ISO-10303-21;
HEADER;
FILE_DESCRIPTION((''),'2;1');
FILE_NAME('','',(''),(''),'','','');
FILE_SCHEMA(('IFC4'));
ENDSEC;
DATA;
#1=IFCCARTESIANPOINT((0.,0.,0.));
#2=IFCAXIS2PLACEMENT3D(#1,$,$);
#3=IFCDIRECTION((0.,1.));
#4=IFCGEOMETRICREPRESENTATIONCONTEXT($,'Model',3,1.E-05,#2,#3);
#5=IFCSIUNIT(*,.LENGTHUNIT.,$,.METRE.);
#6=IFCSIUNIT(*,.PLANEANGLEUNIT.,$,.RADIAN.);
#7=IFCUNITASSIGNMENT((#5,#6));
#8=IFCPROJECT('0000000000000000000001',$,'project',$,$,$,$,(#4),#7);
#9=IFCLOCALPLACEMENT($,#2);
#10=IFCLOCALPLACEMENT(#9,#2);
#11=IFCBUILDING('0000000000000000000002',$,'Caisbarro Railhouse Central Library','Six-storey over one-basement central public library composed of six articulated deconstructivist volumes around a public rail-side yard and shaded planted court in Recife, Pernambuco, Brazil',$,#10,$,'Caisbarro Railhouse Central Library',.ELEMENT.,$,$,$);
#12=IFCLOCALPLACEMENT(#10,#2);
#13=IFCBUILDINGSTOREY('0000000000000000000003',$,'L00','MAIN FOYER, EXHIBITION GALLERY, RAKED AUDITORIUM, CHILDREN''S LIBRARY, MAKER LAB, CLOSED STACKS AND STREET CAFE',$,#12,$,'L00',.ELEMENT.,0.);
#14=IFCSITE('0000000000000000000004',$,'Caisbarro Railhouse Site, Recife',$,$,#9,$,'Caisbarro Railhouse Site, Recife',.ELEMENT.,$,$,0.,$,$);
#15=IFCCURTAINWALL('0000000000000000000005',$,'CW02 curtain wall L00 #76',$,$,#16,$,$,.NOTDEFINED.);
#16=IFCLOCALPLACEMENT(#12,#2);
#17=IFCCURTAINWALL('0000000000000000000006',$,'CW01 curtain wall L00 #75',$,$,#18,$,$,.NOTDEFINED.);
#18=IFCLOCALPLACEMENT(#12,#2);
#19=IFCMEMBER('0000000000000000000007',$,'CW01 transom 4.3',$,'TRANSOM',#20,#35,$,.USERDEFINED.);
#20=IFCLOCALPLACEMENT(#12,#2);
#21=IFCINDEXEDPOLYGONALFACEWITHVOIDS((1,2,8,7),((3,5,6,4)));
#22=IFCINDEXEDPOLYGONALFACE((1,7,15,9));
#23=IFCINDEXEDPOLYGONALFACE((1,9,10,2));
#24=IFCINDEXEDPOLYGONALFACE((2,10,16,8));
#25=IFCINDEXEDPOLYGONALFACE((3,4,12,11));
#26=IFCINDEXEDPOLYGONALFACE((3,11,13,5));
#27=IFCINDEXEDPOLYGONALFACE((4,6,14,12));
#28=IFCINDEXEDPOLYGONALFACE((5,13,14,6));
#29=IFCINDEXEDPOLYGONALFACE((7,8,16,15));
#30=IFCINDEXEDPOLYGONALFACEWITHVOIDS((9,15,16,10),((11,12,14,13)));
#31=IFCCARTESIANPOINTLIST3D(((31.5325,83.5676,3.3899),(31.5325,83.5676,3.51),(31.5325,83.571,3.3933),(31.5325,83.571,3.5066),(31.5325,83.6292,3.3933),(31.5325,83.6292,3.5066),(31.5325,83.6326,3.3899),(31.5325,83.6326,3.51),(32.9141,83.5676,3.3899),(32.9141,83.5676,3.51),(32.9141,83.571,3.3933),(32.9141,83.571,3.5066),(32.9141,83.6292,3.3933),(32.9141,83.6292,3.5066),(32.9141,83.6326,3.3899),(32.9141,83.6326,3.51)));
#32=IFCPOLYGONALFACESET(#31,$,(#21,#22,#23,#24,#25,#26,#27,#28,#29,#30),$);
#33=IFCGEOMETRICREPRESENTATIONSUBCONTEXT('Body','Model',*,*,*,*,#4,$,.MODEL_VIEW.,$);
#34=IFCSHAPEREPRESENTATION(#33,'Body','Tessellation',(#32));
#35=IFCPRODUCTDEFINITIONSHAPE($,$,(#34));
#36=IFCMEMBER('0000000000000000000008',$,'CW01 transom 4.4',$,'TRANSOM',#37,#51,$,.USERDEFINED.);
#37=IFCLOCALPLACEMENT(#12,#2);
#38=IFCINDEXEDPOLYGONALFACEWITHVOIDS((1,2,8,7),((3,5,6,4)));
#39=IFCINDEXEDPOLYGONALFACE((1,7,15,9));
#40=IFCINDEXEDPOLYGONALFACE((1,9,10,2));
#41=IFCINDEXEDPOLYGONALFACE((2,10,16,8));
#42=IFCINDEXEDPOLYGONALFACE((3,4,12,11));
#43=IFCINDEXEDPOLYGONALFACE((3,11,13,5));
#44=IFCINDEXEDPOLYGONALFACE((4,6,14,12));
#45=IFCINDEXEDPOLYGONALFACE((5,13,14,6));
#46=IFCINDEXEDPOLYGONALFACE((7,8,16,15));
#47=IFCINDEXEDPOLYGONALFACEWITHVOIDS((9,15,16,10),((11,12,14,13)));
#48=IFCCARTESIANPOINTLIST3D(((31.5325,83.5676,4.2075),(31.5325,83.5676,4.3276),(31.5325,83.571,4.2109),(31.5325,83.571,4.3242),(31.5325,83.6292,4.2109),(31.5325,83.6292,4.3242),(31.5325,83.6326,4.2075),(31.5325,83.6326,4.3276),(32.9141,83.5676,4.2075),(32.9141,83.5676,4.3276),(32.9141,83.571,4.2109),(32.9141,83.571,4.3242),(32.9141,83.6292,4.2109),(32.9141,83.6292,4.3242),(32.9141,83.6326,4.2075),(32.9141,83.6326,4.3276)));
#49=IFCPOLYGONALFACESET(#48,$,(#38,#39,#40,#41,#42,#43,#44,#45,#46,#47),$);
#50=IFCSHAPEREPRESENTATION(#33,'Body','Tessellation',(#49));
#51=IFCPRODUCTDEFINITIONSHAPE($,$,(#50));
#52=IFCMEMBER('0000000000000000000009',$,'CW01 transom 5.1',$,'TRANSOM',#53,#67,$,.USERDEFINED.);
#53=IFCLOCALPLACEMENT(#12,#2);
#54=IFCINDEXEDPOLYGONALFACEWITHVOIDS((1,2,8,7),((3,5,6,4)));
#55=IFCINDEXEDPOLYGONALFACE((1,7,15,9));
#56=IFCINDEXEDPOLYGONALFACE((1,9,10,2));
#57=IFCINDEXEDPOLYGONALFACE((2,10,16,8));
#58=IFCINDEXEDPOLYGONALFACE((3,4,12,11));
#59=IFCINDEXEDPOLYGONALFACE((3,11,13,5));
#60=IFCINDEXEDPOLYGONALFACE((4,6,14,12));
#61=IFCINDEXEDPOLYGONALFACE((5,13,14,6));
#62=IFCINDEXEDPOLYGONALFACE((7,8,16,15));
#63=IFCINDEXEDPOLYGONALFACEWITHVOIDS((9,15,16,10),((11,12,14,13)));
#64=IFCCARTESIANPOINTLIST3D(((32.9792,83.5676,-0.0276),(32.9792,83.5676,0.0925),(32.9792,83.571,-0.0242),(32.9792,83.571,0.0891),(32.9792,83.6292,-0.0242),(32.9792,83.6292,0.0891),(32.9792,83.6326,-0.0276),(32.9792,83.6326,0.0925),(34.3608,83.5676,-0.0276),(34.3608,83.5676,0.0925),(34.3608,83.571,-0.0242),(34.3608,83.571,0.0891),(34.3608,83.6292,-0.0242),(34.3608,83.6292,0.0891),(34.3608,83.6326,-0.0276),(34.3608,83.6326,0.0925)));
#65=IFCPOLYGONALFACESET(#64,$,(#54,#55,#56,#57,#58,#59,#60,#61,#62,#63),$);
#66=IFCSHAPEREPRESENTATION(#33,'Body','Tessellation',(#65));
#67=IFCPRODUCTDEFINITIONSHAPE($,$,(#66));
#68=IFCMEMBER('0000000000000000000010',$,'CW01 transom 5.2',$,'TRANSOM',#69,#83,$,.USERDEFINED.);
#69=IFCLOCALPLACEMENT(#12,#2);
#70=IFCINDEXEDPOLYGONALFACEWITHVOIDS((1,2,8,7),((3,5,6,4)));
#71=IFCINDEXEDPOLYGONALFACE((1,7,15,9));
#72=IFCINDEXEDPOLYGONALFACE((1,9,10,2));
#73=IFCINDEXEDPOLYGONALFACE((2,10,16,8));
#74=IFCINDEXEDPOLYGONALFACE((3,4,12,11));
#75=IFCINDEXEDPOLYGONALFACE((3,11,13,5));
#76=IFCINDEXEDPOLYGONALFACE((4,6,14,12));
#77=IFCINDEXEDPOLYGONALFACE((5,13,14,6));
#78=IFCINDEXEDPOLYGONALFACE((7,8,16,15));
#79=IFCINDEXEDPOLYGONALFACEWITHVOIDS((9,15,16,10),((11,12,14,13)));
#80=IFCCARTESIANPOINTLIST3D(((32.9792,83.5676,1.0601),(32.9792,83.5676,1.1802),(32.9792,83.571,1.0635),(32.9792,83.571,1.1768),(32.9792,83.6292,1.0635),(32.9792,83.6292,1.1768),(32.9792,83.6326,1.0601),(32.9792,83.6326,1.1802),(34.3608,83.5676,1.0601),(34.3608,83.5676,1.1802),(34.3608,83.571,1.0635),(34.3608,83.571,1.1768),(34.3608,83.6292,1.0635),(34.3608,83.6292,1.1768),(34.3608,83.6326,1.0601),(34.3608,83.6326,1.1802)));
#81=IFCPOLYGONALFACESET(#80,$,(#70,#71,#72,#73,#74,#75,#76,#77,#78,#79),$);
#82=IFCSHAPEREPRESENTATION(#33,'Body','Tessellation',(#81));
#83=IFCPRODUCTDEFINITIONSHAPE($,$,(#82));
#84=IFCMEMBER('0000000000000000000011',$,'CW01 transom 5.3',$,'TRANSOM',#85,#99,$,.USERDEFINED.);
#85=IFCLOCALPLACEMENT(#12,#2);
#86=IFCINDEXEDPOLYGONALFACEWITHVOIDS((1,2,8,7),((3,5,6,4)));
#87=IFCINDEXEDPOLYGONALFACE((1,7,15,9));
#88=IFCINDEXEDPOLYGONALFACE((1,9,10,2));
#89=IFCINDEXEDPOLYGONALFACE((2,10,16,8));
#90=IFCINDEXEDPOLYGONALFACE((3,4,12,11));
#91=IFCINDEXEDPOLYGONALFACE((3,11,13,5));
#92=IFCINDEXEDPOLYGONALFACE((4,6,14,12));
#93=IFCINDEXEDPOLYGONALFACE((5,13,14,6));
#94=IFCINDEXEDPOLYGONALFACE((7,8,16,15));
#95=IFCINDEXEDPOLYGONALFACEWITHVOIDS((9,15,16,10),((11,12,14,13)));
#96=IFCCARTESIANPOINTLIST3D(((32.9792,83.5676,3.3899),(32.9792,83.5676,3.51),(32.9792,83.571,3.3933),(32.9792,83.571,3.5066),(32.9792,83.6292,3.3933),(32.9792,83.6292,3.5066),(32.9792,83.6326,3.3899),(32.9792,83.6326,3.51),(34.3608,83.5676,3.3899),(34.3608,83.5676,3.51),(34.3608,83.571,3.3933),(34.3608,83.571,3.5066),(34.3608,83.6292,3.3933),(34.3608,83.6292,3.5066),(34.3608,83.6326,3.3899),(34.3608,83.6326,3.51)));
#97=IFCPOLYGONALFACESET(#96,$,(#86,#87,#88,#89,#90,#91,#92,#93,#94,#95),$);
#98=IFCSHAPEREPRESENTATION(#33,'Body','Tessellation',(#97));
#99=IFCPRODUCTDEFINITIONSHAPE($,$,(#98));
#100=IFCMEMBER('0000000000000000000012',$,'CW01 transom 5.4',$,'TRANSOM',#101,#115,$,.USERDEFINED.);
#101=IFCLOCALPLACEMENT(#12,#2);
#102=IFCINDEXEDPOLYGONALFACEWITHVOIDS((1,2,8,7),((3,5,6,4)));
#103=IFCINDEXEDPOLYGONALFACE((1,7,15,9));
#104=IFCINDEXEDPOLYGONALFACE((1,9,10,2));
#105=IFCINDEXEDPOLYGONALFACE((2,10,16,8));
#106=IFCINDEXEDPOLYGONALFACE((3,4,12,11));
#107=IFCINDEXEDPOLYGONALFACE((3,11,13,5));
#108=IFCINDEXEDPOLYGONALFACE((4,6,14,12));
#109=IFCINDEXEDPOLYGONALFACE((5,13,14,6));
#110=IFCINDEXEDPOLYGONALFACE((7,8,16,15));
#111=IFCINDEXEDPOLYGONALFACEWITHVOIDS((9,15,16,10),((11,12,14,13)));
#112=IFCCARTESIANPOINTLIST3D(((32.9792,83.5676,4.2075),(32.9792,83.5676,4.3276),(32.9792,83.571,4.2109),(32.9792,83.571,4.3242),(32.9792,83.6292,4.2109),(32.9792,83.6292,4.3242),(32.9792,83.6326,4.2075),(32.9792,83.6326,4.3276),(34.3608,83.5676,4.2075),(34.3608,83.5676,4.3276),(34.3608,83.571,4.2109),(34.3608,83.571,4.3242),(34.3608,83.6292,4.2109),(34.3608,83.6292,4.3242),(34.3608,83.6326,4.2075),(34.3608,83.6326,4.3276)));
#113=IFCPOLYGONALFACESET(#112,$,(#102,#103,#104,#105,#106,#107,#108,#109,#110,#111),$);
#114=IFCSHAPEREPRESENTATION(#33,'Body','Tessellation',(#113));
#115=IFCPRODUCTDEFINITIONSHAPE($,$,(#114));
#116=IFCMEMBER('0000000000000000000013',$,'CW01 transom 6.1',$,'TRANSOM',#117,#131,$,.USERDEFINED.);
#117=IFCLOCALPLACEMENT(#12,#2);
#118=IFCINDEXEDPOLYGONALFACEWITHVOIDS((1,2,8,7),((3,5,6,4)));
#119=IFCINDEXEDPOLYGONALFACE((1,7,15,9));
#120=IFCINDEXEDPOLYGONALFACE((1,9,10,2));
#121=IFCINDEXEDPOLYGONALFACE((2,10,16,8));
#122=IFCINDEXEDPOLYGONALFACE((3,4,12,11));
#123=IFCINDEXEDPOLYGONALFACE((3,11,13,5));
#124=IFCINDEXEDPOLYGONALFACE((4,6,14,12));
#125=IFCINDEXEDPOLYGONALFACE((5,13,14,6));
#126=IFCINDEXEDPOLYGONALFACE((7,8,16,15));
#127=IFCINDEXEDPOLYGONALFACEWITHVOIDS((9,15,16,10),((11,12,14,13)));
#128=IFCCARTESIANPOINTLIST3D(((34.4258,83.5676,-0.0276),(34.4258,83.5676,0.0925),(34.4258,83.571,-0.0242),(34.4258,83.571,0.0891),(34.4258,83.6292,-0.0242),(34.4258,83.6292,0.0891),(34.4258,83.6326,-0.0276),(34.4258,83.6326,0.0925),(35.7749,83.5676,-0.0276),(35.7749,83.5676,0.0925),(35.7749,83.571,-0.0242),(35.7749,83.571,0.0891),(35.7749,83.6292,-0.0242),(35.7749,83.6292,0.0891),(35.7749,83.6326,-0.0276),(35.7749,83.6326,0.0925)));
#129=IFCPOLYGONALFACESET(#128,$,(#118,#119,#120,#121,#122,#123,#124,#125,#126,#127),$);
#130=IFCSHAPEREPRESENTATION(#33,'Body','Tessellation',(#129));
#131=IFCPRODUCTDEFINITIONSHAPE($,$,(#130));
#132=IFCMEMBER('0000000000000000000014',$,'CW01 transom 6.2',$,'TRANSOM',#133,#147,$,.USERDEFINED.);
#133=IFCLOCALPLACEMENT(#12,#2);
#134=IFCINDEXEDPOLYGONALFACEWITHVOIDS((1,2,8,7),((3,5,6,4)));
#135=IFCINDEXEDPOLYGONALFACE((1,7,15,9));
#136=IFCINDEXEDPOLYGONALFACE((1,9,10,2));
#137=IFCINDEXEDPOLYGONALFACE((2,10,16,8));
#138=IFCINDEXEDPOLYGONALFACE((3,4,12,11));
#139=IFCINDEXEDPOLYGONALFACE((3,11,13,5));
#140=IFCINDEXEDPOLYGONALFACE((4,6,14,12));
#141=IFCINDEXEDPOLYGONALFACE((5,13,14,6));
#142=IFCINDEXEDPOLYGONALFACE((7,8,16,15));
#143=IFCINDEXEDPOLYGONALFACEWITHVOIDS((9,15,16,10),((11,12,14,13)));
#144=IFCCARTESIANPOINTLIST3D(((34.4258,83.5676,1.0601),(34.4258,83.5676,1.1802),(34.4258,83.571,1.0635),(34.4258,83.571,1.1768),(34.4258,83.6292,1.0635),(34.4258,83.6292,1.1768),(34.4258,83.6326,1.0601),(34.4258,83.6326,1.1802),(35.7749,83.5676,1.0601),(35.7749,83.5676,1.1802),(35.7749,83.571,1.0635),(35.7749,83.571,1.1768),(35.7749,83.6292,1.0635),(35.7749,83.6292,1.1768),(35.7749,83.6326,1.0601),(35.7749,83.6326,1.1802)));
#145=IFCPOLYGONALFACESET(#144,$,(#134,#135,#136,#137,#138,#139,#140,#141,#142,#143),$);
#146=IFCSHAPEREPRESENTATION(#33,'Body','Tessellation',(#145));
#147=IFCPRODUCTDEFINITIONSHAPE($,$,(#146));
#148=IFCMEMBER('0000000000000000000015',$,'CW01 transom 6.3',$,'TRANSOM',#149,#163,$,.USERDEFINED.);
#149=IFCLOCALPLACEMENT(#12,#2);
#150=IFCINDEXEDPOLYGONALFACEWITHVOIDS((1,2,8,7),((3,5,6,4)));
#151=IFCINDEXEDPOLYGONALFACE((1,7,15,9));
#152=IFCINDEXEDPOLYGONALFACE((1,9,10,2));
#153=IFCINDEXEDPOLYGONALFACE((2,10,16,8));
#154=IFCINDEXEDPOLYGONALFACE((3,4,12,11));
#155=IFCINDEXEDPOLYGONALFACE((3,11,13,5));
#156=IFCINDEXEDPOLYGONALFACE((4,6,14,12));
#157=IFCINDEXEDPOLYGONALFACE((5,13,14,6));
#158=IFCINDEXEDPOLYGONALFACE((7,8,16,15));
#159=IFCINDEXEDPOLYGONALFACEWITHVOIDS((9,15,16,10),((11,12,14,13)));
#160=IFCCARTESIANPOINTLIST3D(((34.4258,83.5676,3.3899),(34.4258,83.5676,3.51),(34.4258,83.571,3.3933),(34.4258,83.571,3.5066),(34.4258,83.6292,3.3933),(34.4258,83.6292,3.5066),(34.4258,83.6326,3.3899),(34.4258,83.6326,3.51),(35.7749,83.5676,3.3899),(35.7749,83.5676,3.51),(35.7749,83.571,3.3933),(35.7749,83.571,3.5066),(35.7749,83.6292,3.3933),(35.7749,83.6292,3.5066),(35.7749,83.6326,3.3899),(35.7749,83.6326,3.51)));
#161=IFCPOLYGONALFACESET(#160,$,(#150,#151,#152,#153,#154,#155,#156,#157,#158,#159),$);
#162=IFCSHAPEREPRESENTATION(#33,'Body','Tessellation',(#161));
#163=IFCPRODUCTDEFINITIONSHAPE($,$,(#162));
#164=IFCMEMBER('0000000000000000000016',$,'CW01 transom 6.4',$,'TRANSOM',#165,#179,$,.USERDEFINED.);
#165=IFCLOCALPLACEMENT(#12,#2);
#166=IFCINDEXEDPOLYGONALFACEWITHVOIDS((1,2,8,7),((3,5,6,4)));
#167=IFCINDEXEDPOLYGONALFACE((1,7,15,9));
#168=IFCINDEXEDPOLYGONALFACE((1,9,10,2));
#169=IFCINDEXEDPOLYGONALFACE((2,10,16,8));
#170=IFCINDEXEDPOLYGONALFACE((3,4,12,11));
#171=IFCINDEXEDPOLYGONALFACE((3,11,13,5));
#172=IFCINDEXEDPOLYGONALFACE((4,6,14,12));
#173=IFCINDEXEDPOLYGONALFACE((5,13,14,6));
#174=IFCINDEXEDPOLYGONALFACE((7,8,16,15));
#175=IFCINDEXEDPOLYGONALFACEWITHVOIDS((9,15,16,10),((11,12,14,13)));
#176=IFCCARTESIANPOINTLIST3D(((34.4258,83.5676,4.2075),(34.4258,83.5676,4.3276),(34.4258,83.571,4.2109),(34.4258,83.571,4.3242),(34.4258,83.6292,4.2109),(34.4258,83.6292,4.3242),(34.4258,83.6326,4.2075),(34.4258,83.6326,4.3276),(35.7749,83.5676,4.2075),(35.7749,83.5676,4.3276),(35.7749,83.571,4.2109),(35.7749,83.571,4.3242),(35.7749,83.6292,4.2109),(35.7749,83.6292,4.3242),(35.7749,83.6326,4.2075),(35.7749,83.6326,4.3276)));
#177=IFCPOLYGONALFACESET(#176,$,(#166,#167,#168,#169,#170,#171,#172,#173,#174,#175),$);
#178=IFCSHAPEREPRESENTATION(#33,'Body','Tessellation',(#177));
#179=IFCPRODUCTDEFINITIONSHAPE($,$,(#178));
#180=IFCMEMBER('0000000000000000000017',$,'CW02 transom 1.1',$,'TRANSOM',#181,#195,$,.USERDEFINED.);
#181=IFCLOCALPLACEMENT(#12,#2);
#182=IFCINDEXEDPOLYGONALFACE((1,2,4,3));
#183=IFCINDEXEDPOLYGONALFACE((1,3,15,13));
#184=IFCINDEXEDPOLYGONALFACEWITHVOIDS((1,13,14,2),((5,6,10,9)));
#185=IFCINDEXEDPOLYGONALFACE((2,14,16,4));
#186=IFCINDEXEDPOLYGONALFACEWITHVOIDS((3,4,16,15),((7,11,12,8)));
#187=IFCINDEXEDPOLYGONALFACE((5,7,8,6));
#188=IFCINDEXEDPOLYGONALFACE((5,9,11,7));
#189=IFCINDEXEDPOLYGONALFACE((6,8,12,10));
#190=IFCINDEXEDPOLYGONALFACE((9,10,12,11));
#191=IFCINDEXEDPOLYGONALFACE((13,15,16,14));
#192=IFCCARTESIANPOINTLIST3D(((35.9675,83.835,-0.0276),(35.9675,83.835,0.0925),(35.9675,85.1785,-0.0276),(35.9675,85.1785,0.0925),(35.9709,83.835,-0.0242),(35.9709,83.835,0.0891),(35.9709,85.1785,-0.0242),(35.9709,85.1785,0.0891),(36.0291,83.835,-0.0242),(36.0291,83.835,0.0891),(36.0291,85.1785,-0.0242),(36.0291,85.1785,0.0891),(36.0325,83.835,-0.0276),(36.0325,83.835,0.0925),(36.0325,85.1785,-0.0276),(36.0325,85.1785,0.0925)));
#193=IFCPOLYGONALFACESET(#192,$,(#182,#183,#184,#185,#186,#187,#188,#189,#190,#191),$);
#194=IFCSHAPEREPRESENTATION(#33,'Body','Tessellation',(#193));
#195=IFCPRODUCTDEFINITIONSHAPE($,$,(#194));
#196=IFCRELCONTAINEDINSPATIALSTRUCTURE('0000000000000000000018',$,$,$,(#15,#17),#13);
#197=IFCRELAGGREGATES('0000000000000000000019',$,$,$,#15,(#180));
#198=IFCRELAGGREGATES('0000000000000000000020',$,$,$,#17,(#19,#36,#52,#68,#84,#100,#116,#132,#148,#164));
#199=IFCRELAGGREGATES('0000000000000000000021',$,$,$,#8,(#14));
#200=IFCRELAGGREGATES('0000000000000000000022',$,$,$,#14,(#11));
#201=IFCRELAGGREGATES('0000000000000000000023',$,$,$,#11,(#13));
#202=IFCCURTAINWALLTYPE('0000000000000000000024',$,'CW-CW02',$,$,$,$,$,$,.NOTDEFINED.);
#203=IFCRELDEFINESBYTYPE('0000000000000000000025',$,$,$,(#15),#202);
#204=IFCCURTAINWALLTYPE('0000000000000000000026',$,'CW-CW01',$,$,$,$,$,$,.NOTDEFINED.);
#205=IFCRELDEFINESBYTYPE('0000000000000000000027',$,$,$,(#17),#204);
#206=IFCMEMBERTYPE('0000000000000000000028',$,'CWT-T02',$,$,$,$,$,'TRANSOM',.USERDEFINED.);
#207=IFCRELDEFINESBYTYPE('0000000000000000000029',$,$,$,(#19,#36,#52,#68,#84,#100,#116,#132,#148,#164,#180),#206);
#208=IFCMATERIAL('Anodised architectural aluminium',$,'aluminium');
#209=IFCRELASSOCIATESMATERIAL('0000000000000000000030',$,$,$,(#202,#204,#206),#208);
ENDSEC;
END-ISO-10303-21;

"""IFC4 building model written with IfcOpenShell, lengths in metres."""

from ifc_helpers import new_model, si_unit, direction, frame, origin, origin_2d, place, context, subcontext, project, spatial, hollow_rectangle, extrude, material, material_profile, profile_set, type_object, element, aggregate, save


model = new_model("IFC4")

# Units and contexts
model_context = context("Model", 3, precision=1e-05, world=origin(), true_north=direction((0.0, 1.0)))
body_context = subcontext(model_context, "Body", "Model", "MODEL_VIEW")
ifc_project = project(units=[si_unit("LENGTHUNIT", "METRE"), si_unit("PLANEANGLEUNIT", "RADIAN")], contexts=[model_context])

# Site, building, storey
site_placement = place(None, origin())
site = spatial("IfcSite", under=ifc_project, at=site_placement, Name="Caisbarro Railhouse Site, Recife", LongName="Caisbarro Railhouse Site, Recife", CompositionType="ELEMENT", RefElevation=0.0)
building_placement = place(site_placement, origin())
building = spatial("IfcBuilding", under=site, at=building_placement, Name="Caisbarro Railhouse Central Library", Description="Six-storey over one-basement central public library composed of six articulated deconstructivist volumes around a public rail-side yard and shaded planted court in Recife, Pernambuco, Brazil", LongName="Caisbarro Railhouse Central Library", CompositionType="ELEMENT")
storey_placement = place(building_placement, origin())
storey = spatial("IfcBuildingStorey", under=building, at=storey_placement, Name="L00", Description="MAIN FOYER, EXHIBITION GALLERY, RAKED AUDITORIUM, CHILDREN'S LIBRARY, MAKER LAB, CLOSED STACKS AND STREET CAFE", LongName="L00", CompositionType="ELEMENT", Elevation=0.0)

# Curtain wall
ifc_material_1 = material(Name="Anodised architectural aluminium", Category="aluminium")
curtain_wall_type_1 = type_object("IfcCurtainWallType", Name="CW-CW02", PredefinedType="NOTDEFINED", material=ifc_material_1)
curtain_wall_1_placement = place(storey_placement, origin())
curtain_wall_1 = element("IfcCurtainWall", 1, at=curtain_wall_1_placement, inside=storey, type_object=curtain_wall_type_1, Name="CW02 curtain wall L00 #76", PredefinedType="NOTDEFINED")

# Curtain wall, members
curtain_wall_type_2 = type_object("IfcCurtainWallType", Name="CW-CW01", PredefinedType="NOTDEFINED", material=ifc_material_1)
curtain_wall_2_placement = place(storey_placement, origin())
curtain_wall_2 = element("IfcCurtainWall", 2, at=curtain_wall_2_placement, inside=storey, type_object=curtain_wall_type_2, Name="CW01 curtain wall L00 #75", PredefinedType="NOTDEFINED")
ifc_material_profile_1 = material_profile(ifc_material_1, hollow_rectangle(XDim=0.0649, YDim=0.1201, WallThickness=0.0034, at=origin_2d()), Name="ALU-TRN-65X120")
ifc_profile_set_1 = profile_set([ifc_material_profile_1], Name="Anodised architectural aluminium")
member_type_1 = type_object("IfcMemberType", Name="CWT-T02", ElementType="TRANSOM", PredefinedType="USERDEFINED", material=ifc_profile_set_1)
member_1_placement = place(storey_placement, frame((31.5325, 83.6001, 3.45), z_axis=(1.0, 0.0, 0.0), x_axis=(0.0, 1.0, 0.0)))
member_1 = element("IfcMember", 3, at=member_1_placement, type_object=member_type_1, Name="CW01 transom 4.3", ObjectType="TRANSOM", PredefinedType="USERDEFINED", context=body_context, shape_type="SweptSolid", body=[
    extrude(hollow_rectangle(XDim=0.0649, YDim=0.1201, WallThickness=0.0034, at=origin_2d()), origin(), (0.0, 0.0, 1.0), 1.3816),
])
member_2_placement = place(storey_placement, frame((31.5325, 83.6001, 4.2676), z_axis=(1.0, 0.0, 0.0), x_axis=(0.0, 1.0, 0.0)))
member_2 = element("IfcMember", 4, at=member_2_placement, type_object=member_type_1, Name="CW01 transom 4.4", ObjectType="TRANSOM", PredefinedType="USERDEFINED", context=body_context, shape_type="SweptSolid", body=[
    extrude(hollow_rectangle(XDim=0.0649, YDim=0.1201, WallThickness=0.0034, at=origin_2d()), origin(), (0.0, 0.0, 1.0), 1.3816),
])
member_3_placement = place(storey_placement, frame((32.9792, 83.6001, 0.0325), z_axis=(1.0, 0.0, 0.0), x_axis=(0.0, 1.0, 0.0)))
member_3 = element("IfcMember", 5, at=member_3_placement, type_object=member_type_1, Name="CW01 transom 5.1", ObjectType="TRANSOM", PredefinedType="USERDEFINED", context=body_context, shape_type="SweptSolid", body=[
    extrude(hollow_rectangle(XDim=0.0649, YDim=0.1201, WallThickness=0.0034, at=origin_2d()), origin(), (0.0, 0.0, 1.0), 1.3816),
])
member_4_placement = place(storey_placement, frame((32.9792, 83.6001, 1.1201), z_axis=(1.0, 0.0, 0.0), x_axis=(0.0, 1.0, 0.0)))
member_4 = element("IfcMember", 6, at=member_4_placement, type_object=member_type_1, Name="CW01 transom 5.2", ObjectType="TRANSOM", PredefinedType="USERDEFINED", context=body_context, shape_type="SweptSolid", body=[
    extrude(hollow_rectangle(XDim=0.0649, YDim=0.1201, WallThickness=0.0034, at=origin_2d()), origin(), (0.0, 0.0, 1.0), 1.3816),
])
member_5_placement = place(storey_placement, frame((32.9792, 83.6001, 3.45), z_axis=(1.0, 0.0, 0.0), x_axis=(0.0, 1.0, 0.0)))
member_5 = element("IfcMember", 7, at=member_5_placement, type_object=member_type_1, Name="CW01 transom 5.3", ObjectType="TRANSOM", PredefinedType="USERDEFINED", context=body_context, shape_type="SweptSolid", body=[
    extrude(hollow_rectangle(XDim=0.0649, YDim=0.1201, WallThickness=0.0034, at=origin_2d()), origin(), (0.0, 0.0, 1.0), 1.3816),
])
member_6_placement = place(storey_placement, frame((32.9792, 83.6001, 4.2676), z_axis=(1.0, 0.0, 0.0), x_axis=(0.0, 1.0, 0.0)))
member_6 = element("IfcMember", 8, at=member_6_placement, type_object=member_type_1, Name="CW01 transom 5.4", ObjectType="TRANSOM", PredefinedType="USERDEFINED", context=body_context, shape_type="SweptSolid", body=[
    extrude(hollow_rectangle(XDim=0.0649, YDim=0.1201, WallThickness=0.0034, at=origin_2d()), origin(), (0.0, 0.0, 1.0), 1.3816),
])
member_7_placement = place(storey_placement, frame((34.4258, 83.6001, 0.0325), z_axis=(1.0, 0.0, 0.0), x_axis=(0.0, 1.0, 0.0)))
member_7 = element("IfcMember", 9, at=member_7_placement, type_object=member_type_1, Name="CW01 transom 6.1", ObjectType="TRANSOM", PredefinedType="USERDEFINED", context=body_context, shape_type="SweptSolid", body=[
    extrude(hollow_rectangle(XDim=0.0649, YDim=0.1201, WallThickness=0.0034, at=origin_2d()), origin(), (0.0, 0.0, 1.0), 1.3491),
])
member_8_placement = place(storey_placement, frame((34.4258, 83.6001, 1.1201), z_axis=(1.0, 0.0, 0.0), x_axis=(0.0, 1.0, 0.0)))
member_8 = element("IfcMember", 10, at=member_8_placement, type_object=member_type_1, Name="CW01 transom 6.2", ObjectType="TRANSOM", PredefinedType="USERDEFINED", context=body_context, shape_type="SweptSolid", body=[
    extrude(hollow_rectangle(XDim=0.0649, YDim=0.1201, WallThickness=0.0034, at=origin_2d()), origin(), (0.0, 0.0, 1.0), 1.3491),
])
member_9_placement = place(storey_placement, frame((34.4258, 83.6001, 3.45), z_axis=(1.0, 0.0, 0.0), x_axis=(0.0, 1.0, 0.0)))
member_9 = element("IfcMember", 11, at=member_9_placement, type_object=member_type_1, Name="CW01 transom 6.3", ObjectType="TRANSOM", PredefinedType="USERDEFINED", context=body_context, shape_type="SweptSolid", body=[
    extrude(hollow_rectangle(XDim=0.0649, YDim=0.1201, WallThickness=0.0034, at=origin_2d()), origin(), (0.0, 0.0, 1.0), 1.3491),
])
member_10_placement = place(storey_placement, frame((34.4258, 83.6001, 4.2676), z_axis=(1.0, 0.0, 0.0), x_axis=(0.0, 1.0, 0.0)))
member_10 = element("IfcMember", 12, at=member_10_placement, type_object=member_type_1, Name="CW01 transom 6.4", ObjectType="TRANSOM", PredefinedType="USERDEFINED", context=body_context, shape_type="SweptSolid", body=[
    extrude(hollow_rectangle(XDim=0.0649, YDim=0.1201, WallThickness=0.0034, at=origin_2d()), origin(), (0.0, 0.0, 1.0), 1.3491),
])

# Member
member_11_placement = place(storey_placement, frame((36.0, 83.835, 0.0325), z_axis=(0.0, 1.0, 0.0), x_axis=(-1.0, 0.0, 0.0)))
member_11 = element("IfcMember", 13, at=member_11_placement, type_object=member_type_1, Name="CW02 transom 1.1", ObjectType="TRANSOM", PredefinedType="USERDEFINED", context=body_context, shape_type="SweptSolid", body=[
    extrude(hollow_rectangle(XDim=0.0649, YDim=0.1201, WallThickness=0.0034, at=origin_2d()), origin(), (0.0, 0.0, 1.0), 1.3435),
])
aggregate(curtain_wall_1, [member_11])

aggregate(curtain_wall_2, [member_1, member_2, member_3, member_4, member_5, member_6, member_7, member_8, member_9, member_10])

save(model, "model.ifc")
